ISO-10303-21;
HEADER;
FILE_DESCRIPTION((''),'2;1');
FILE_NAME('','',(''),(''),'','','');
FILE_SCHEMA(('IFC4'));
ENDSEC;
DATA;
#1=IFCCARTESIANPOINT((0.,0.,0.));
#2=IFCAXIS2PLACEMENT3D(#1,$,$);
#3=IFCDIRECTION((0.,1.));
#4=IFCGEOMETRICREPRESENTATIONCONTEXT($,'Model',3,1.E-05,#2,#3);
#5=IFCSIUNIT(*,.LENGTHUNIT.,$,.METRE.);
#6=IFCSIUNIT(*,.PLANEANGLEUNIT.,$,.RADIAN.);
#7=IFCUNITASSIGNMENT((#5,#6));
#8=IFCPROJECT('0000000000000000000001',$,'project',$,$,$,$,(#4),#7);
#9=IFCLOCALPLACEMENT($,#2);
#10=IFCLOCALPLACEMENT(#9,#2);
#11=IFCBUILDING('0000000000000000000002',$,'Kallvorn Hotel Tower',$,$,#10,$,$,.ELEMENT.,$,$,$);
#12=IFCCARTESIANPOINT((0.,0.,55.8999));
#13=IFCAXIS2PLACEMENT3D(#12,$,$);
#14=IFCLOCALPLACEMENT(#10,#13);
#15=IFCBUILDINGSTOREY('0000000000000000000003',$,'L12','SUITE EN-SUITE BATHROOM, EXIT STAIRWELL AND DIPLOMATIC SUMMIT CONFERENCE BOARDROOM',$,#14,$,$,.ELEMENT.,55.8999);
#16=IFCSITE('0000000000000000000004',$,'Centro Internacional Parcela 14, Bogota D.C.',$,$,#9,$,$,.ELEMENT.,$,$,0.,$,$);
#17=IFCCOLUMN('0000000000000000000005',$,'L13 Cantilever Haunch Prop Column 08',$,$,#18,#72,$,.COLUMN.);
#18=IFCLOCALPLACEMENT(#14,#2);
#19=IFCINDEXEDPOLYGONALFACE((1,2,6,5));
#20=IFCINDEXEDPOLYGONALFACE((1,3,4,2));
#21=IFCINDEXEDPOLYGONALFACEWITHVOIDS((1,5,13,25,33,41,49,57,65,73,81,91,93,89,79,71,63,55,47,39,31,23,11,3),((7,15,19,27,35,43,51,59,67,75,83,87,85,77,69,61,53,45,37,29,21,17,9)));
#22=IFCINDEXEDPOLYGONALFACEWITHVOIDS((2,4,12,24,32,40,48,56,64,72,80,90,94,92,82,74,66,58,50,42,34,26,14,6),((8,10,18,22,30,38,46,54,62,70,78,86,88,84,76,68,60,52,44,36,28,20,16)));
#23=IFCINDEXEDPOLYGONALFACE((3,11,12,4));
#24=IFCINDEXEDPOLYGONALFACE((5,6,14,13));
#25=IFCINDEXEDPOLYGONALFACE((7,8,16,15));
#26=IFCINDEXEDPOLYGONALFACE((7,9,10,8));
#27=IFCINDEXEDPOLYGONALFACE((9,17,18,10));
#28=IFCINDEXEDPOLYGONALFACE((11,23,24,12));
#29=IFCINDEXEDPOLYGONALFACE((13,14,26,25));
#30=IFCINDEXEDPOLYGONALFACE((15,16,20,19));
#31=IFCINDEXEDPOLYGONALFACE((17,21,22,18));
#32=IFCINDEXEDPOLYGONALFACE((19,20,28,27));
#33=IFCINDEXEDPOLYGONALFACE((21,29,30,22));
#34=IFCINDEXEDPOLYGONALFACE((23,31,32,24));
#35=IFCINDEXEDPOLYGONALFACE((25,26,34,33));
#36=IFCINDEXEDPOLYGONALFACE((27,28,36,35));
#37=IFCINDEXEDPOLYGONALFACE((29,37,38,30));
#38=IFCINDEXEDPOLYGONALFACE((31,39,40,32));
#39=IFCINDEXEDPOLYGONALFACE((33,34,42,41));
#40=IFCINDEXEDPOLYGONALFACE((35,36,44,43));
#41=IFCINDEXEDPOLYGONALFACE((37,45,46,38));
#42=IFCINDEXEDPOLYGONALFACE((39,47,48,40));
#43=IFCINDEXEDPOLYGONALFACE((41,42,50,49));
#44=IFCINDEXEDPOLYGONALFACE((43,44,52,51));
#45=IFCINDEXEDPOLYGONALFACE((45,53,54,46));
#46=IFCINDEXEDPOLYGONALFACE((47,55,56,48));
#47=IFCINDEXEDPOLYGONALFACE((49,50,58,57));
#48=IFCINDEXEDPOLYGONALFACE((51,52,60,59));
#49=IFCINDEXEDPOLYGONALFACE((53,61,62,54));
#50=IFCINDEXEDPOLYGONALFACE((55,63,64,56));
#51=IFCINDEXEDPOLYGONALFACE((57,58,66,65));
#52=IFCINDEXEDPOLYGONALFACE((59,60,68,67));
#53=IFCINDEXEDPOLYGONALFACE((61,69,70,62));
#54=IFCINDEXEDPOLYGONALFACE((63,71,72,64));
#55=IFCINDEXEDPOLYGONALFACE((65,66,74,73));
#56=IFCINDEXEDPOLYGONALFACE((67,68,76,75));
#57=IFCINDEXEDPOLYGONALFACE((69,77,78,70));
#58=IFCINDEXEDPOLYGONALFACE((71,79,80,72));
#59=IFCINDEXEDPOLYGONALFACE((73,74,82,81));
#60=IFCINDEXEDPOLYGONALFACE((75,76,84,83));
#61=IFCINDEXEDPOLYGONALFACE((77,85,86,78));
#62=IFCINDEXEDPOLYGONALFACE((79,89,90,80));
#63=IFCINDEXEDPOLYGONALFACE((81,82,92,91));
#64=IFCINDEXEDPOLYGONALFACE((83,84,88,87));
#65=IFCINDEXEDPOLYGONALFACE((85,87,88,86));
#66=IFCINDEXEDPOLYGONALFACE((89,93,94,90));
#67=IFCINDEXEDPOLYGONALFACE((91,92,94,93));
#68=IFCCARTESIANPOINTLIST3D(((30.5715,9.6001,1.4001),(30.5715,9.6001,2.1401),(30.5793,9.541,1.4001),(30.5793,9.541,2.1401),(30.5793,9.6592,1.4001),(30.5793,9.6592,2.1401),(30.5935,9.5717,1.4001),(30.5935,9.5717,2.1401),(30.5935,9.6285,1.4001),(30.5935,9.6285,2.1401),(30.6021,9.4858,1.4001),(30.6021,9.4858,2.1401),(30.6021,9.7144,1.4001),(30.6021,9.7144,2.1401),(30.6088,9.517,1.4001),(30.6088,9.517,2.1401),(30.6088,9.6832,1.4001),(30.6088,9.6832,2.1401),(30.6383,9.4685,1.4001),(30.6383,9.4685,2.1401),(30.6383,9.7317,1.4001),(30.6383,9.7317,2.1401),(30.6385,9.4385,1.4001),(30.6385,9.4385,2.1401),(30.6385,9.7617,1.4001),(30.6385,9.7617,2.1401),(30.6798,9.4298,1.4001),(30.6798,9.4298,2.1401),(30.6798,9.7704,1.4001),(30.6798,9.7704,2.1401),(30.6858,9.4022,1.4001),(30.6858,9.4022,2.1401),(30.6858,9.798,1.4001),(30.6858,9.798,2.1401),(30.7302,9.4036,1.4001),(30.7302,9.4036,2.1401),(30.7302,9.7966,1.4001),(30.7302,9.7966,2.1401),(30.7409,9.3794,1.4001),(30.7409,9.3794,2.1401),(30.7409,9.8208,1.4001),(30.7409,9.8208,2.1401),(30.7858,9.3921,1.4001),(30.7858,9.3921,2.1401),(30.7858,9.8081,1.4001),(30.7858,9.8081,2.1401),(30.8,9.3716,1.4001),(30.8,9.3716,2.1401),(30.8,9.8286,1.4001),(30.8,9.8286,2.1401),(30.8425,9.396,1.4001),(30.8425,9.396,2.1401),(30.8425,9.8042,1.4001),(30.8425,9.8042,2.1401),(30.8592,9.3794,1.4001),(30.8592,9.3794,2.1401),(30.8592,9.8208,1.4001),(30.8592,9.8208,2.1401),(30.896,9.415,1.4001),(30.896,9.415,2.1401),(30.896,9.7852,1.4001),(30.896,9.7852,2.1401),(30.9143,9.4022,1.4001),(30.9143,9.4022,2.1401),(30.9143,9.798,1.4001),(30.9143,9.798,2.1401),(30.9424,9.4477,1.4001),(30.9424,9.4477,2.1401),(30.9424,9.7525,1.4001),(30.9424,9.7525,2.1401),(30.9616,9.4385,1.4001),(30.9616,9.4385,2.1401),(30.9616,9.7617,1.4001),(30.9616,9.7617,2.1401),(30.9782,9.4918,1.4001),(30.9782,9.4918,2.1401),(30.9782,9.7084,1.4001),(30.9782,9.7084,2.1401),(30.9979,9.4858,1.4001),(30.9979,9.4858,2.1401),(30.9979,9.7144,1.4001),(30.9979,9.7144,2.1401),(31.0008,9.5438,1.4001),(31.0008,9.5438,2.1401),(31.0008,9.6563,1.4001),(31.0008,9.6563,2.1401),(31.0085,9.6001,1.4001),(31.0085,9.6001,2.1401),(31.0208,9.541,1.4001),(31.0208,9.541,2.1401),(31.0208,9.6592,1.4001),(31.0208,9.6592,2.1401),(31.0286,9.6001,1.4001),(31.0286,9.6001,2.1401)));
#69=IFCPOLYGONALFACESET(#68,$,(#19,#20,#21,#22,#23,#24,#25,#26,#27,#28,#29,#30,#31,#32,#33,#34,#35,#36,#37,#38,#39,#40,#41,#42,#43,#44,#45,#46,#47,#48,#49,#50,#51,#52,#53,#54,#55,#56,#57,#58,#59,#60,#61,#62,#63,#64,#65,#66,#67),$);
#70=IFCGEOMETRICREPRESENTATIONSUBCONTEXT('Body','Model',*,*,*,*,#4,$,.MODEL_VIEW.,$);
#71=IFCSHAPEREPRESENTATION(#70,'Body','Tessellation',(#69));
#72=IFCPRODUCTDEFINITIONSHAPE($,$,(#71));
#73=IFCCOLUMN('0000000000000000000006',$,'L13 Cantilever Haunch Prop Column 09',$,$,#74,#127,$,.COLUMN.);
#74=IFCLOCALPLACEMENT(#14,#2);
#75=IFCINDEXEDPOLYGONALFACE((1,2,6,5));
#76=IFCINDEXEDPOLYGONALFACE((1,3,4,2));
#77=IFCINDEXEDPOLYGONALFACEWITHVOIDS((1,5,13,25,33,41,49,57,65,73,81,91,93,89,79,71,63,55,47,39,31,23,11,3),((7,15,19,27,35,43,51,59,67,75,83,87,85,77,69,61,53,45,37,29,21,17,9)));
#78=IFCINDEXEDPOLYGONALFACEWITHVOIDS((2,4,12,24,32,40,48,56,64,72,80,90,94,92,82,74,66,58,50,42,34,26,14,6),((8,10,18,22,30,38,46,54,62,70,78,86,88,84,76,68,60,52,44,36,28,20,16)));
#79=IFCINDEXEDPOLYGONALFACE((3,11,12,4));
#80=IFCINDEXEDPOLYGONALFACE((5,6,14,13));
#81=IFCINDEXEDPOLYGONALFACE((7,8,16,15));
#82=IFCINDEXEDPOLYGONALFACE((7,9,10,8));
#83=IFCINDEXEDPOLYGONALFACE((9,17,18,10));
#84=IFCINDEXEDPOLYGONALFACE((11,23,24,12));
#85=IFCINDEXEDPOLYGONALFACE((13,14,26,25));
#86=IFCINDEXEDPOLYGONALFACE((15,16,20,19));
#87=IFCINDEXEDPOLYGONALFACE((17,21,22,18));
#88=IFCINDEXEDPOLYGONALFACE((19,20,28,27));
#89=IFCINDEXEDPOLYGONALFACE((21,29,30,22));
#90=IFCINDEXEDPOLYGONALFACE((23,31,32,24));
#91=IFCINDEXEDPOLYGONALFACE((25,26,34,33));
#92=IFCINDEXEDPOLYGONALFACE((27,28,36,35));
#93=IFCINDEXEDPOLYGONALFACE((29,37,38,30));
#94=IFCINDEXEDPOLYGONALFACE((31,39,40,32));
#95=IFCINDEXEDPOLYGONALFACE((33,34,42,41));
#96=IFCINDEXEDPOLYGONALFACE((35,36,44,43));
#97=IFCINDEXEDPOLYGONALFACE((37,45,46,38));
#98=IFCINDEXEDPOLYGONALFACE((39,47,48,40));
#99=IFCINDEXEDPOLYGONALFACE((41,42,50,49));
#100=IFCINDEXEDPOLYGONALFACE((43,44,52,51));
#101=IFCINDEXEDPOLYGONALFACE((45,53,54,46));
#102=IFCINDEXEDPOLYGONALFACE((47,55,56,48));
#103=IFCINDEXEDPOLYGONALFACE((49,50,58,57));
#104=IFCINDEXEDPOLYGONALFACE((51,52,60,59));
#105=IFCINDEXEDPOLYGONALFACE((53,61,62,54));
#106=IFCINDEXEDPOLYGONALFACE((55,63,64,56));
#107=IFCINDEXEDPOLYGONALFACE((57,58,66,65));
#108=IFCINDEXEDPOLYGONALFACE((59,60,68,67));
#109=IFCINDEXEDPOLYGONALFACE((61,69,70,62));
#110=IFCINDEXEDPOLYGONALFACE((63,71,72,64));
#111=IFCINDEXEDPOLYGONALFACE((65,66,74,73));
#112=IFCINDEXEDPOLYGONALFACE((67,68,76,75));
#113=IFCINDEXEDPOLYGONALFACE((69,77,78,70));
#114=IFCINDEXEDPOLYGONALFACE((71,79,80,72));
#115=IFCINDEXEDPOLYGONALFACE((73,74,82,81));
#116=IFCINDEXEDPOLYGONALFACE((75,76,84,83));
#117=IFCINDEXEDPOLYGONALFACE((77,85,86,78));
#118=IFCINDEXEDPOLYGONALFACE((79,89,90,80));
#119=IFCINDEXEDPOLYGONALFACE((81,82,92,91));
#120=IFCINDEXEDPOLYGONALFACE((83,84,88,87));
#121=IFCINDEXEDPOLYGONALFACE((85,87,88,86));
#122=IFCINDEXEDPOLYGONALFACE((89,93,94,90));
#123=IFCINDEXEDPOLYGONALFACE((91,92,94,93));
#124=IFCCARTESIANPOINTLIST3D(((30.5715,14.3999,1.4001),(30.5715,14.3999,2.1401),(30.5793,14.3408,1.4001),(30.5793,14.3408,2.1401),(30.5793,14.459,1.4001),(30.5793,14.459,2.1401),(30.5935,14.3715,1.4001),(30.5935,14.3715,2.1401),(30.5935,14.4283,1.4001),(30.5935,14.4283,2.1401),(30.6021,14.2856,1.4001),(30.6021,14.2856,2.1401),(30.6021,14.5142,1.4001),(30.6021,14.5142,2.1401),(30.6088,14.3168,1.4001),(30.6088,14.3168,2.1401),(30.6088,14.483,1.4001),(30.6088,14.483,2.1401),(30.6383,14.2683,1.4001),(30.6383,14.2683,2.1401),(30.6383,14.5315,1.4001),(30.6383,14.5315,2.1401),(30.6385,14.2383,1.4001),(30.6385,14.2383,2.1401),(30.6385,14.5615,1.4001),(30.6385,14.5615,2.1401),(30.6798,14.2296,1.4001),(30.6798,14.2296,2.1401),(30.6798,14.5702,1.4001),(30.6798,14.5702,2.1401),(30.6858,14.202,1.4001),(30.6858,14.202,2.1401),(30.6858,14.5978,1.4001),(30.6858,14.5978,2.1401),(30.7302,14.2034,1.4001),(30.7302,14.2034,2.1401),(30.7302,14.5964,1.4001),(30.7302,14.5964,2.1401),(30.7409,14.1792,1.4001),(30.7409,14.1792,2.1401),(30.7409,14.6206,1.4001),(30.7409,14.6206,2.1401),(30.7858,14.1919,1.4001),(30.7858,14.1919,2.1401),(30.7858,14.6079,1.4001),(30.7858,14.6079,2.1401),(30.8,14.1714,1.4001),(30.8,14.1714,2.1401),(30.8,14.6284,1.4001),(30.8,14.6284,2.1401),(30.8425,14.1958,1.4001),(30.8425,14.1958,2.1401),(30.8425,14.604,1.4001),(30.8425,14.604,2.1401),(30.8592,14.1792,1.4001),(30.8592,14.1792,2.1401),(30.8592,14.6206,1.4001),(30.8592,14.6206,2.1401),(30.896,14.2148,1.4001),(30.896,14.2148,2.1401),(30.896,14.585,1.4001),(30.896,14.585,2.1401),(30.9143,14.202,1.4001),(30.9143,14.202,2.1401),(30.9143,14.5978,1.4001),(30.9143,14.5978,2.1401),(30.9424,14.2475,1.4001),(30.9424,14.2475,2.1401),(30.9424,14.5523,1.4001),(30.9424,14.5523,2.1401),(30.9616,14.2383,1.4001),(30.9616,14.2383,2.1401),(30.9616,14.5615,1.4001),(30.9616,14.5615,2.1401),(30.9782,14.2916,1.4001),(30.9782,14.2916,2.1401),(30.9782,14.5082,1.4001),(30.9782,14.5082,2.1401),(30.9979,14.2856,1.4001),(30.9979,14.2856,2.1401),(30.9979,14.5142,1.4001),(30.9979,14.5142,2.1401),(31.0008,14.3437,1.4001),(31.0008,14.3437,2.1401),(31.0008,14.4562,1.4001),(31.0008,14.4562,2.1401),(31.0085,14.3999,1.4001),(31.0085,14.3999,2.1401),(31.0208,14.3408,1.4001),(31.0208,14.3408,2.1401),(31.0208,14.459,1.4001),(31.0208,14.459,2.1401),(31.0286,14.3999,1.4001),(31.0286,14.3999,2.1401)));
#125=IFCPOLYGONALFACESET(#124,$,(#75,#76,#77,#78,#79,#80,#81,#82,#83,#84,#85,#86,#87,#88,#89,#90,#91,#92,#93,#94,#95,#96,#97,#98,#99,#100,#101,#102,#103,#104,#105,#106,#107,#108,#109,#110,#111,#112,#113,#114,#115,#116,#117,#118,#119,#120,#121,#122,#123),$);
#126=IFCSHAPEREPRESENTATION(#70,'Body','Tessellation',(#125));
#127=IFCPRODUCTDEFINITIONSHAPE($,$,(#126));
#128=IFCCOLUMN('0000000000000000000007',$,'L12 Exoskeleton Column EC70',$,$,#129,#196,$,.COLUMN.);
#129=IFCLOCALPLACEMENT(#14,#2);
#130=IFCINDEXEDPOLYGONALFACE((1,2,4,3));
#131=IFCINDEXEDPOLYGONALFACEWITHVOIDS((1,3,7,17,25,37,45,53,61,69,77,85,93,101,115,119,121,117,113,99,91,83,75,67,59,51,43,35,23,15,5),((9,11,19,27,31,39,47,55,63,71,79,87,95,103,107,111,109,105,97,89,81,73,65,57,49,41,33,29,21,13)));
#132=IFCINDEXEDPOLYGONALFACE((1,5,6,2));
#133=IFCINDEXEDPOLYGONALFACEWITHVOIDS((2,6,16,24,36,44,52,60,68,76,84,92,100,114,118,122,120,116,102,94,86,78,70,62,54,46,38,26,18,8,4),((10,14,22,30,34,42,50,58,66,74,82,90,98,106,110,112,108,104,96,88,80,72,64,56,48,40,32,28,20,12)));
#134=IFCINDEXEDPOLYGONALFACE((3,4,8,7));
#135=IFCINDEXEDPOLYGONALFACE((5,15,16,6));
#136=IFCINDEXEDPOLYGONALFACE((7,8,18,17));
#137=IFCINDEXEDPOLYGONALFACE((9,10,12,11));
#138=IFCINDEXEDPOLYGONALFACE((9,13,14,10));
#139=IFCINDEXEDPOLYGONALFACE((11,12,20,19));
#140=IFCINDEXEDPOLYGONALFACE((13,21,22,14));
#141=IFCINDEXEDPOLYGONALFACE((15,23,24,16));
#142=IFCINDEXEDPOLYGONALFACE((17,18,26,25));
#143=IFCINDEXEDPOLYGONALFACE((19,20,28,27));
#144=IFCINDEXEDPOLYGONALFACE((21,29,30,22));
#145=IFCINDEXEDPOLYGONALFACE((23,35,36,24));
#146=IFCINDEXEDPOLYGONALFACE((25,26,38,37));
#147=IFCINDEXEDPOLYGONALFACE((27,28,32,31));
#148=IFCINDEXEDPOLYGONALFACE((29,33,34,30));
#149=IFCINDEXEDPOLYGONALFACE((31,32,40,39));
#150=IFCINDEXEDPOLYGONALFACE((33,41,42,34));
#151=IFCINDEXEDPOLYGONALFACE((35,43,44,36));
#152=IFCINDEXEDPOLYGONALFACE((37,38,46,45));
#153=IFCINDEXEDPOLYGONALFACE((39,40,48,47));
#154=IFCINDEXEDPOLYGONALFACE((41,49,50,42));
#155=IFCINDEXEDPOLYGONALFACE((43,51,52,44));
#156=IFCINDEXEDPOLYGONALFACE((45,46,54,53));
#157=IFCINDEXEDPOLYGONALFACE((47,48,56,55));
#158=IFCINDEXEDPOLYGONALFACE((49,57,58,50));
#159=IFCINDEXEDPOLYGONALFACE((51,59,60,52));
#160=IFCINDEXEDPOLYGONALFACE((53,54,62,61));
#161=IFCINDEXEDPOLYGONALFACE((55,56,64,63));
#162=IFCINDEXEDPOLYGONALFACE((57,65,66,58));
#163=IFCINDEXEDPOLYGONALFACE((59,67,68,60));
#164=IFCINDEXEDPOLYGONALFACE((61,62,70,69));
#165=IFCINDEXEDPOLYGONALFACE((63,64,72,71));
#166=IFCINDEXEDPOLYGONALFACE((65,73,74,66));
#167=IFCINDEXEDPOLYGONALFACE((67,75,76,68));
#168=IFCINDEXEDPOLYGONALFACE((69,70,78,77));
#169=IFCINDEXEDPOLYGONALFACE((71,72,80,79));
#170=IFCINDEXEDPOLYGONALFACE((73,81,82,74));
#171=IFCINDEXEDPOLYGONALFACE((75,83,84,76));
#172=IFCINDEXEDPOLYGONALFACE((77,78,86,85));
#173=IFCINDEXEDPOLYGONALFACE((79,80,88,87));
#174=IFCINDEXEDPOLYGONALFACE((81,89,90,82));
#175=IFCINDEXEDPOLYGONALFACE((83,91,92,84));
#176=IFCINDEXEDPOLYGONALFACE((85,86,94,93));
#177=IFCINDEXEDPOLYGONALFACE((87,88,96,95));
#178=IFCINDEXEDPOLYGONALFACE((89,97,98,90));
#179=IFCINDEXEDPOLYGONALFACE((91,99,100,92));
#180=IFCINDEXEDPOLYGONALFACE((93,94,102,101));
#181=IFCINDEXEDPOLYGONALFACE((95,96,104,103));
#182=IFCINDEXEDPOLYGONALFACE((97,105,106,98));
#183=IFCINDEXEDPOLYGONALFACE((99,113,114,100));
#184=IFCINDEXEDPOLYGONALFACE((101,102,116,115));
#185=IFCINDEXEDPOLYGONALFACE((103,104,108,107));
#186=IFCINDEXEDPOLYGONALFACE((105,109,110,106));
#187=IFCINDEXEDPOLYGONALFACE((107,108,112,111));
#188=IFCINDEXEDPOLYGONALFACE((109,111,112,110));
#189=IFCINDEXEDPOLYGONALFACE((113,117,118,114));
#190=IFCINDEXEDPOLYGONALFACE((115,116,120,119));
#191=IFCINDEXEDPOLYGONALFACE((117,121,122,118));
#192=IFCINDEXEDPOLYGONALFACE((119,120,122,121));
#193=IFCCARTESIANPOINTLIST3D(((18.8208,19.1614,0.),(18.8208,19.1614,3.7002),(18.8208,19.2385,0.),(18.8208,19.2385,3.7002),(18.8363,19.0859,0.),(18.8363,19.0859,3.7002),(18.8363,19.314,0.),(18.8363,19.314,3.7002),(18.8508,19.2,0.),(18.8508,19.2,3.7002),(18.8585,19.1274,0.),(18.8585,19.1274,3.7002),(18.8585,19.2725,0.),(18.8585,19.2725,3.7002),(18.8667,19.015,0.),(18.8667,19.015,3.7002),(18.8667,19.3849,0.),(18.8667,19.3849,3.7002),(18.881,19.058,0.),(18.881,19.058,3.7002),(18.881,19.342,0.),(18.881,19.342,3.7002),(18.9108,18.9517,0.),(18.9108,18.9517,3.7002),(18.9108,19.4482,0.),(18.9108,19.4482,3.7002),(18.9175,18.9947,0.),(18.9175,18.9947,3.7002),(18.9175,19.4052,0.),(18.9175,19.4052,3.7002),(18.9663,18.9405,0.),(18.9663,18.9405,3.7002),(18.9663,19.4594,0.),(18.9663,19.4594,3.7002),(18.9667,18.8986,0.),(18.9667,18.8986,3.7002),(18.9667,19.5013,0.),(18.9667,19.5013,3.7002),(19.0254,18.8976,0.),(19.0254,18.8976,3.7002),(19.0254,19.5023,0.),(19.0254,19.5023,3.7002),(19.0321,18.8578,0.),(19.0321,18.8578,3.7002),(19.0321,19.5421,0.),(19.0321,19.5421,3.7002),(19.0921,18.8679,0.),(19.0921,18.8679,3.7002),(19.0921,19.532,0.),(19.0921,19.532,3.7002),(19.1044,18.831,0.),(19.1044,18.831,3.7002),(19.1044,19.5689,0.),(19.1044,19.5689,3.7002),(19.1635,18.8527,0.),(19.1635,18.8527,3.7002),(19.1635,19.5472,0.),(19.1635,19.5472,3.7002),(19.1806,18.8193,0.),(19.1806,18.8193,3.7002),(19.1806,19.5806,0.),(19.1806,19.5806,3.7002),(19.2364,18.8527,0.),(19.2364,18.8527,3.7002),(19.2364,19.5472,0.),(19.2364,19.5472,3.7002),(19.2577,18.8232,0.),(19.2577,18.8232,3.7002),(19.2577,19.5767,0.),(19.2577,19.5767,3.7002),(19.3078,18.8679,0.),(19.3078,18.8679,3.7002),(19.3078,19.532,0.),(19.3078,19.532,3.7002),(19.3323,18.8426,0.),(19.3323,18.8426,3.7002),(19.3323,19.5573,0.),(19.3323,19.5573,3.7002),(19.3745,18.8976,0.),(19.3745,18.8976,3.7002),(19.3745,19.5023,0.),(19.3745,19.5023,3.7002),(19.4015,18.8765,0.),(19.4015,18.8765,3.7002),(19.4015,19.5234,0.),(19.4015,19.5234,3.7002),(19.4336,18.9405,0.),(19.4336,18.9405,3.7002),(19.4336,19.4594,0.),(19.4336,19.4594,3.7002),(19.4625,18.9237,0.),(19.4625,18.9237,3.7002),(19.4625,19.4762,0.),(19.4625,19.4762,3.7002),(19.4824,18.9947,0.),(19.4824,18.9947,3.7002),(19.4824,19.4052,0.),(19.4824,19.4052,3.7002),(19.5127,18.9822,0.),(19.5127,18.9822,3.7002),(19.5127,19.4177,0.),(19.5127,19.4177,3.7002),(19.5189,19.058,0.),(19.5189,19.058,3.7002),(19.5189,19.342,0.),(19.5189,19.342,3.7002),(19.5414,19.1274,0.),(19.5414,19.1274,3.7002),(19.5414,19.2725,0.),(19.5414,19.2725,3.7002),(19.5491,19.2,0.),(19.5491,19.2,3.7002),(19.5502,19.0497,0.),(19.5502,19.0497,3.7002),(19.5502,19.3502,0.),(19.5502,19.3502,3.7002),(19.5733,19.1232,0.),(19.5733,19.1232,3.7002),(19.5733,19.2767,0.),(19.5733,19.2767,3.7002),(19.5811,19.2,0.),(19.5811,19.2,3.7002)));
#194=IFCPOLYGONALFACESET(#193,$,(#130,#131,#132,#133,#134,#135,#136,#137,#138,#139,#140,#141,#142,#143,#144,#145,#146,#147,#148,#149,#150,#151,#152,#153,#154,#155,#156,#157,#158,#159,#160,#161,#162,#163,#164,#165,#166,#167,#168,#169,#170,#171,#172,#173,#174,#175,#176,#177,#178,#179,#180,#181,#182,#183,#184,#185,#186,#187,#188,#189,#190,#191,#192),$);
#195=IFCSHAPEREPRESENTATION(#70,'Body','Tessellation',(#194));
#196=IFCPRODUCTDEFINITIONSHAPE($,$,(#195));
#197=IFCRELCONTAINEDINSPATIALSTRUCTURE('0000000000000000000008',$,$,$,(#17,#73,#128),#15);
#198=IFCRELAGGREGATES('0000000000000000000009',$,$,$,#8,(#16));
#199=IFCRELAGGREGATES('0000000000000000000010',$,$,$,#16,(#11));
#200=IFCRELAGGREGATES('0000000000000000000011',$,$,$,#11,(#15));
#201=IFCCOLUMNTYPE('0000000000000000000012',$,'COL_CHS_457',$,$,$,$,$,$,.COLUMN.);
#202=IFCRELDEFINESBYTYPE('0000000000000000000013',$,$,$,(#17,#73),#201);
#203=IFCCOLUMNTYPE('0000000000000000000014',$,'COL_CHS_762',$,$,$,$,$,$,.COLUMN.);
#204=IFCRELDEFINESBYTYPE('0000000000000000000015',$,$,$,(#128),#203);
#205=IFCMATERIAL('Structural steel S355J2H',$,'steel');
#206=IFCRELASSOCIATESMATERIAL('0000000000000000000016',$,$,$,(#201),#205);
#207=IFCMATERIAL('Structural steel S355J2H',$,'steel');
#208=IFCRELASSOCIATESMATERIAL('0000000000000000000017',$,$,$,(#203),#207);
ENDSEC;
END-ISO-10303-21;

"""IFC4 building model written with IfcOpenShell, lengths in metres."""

from ifc_helpers import new_model, si_unit, direction, frame, origin, origin_2d, place, context, subcontext, project, spatial, hollow_circle, extrude, material, material_profile, profile_set, type_object, element, save


model = new_model("IFC4")

# Units and contexts
model_context = context("Model", 3, precision=1e-05, world=origin(), true_north=direction((0.0, 1.0)))
body_context = subcontext(model_context, "Body", "Model", "MODEL_VIEW")
ifc_project = project(units=[si_unit("LENGTHUNIT", "METRE"), si_unit("PLANEANGLEUNIT", "RADIAN")], contexts=[model_context])

# Site, building, storey
site_placement = place(None, origin())
site = spatial("IfcSite", under=ifc_project, at=site_placement, Name="Centro Internacional Parcela 14, Bogota D.C.", CompositionType="ELEMENT", RefElevation=0.0)
building_placement = place(site_placement, origin())
building = spatial("IfcBuilding", under=site, at=building_placement, Name="Kallvorn Hotel Tower", CompositionType="ELEMENT")
storey_placement = place(building_placement, frame((0.0, 0.0, 55.8999)))
storey = spatial("IfcBuildingStorey", under=building, at=storey_placement, Name="L12", Description="SUITE EN-SUITE BATHROOM, EXIT STAIRWELL AND DIPLOMATIC SUMMIT CONFERENCE BOARDROOM", CompositionType="ELEMENT", Elevation=55.8999)

# Columns
ifc_material_1 = material(Name="Structural steel S355J2H", Category="steel")
ifc_material_profile_1 = material_profile(ifc_material_1, hollow_circle(Radius=0.2285, WallThickness=0.02, at=origin_2d()), Name="CHS 457x20")
ifc_profile_set_1 = profile_set([ifc_material_profile_1], Name="Structural steel S355J2H")
column_type_1 = type_object("IfcColumnType", Name="COL_CHS_457", PredefinedType="COLUMN", material=ifc_profile_set_1)
for number, where, z_axis, x_axis, name in (
    (1, (30.8, 9.6001, 1.4001), (0.0, 0.0, 1.0), (1.0, 0.0, 0.0), "L13 Cantilever Haunch Prop Column 08"),
    (2, (30.8, 14.3999, 1.4001), (0.0, 0.0, 1.0), (1.0, 0.0, 0.0), "L13 Cantilever Haunch Prop Column 09"),
):
    element("IfcColumn", number, at=place(storey_placement, frame(where, z_axis=z_axis, x_axis=x_axis)), inside=storey, type_object=column_type_1, Name=name, PredefinedType="COLUMN", context=body_context, shape_type="SweptSolid", body=[
        extrude(hollow_circle(Radius=0.2285, WallThickness=0.02, at=origin_2d()), origin(), (0.0, 0.0, 1.0), 0.74),
    ])
ifc_material_2 = material(Name="Structural steel S355J2H", Category="steel")
ifc_material_profile_2 = material_profile(ifc_material_2, hollow_circle(Radius=0.3811, WallThickness=0.032, at=origin_2d()), Name="CHS 762x32")
ifc_profile_set_2 = profile_set([ifc_material_profile_2], Name="Structural steel S355J2H")
column_type_2 = type_object("IfcColumnType", Name="COL_CHS_762", PredefinedType="COLUMN", material=ifc_profile_set_2)
for number, where, z_axis, x_axis, name in (
    (3, (19.2, 19.2, 0.0), (0.0, 0.0, 1.0), (1.0, 0.0, 0.0), "L12 Exoskeleton Column EC70"),
):
    element("IfcColumn", number, at=place(storey_placement, frame(where, z_axis=z_axis, x_axis=x_axis)), inside=storey, type_object=column_type_2, Name=name, PredefinedType="COLUMN", context=body_context, shape_type="SweptSolid", body=[
        extrude(hollow_circle(Radius=0.3811, WallThickness=0.032, at=origin_2d()), origin(), (0.0, 0.0, 1.0), 3.7002),
    ])

save(model, "model.ifc")
